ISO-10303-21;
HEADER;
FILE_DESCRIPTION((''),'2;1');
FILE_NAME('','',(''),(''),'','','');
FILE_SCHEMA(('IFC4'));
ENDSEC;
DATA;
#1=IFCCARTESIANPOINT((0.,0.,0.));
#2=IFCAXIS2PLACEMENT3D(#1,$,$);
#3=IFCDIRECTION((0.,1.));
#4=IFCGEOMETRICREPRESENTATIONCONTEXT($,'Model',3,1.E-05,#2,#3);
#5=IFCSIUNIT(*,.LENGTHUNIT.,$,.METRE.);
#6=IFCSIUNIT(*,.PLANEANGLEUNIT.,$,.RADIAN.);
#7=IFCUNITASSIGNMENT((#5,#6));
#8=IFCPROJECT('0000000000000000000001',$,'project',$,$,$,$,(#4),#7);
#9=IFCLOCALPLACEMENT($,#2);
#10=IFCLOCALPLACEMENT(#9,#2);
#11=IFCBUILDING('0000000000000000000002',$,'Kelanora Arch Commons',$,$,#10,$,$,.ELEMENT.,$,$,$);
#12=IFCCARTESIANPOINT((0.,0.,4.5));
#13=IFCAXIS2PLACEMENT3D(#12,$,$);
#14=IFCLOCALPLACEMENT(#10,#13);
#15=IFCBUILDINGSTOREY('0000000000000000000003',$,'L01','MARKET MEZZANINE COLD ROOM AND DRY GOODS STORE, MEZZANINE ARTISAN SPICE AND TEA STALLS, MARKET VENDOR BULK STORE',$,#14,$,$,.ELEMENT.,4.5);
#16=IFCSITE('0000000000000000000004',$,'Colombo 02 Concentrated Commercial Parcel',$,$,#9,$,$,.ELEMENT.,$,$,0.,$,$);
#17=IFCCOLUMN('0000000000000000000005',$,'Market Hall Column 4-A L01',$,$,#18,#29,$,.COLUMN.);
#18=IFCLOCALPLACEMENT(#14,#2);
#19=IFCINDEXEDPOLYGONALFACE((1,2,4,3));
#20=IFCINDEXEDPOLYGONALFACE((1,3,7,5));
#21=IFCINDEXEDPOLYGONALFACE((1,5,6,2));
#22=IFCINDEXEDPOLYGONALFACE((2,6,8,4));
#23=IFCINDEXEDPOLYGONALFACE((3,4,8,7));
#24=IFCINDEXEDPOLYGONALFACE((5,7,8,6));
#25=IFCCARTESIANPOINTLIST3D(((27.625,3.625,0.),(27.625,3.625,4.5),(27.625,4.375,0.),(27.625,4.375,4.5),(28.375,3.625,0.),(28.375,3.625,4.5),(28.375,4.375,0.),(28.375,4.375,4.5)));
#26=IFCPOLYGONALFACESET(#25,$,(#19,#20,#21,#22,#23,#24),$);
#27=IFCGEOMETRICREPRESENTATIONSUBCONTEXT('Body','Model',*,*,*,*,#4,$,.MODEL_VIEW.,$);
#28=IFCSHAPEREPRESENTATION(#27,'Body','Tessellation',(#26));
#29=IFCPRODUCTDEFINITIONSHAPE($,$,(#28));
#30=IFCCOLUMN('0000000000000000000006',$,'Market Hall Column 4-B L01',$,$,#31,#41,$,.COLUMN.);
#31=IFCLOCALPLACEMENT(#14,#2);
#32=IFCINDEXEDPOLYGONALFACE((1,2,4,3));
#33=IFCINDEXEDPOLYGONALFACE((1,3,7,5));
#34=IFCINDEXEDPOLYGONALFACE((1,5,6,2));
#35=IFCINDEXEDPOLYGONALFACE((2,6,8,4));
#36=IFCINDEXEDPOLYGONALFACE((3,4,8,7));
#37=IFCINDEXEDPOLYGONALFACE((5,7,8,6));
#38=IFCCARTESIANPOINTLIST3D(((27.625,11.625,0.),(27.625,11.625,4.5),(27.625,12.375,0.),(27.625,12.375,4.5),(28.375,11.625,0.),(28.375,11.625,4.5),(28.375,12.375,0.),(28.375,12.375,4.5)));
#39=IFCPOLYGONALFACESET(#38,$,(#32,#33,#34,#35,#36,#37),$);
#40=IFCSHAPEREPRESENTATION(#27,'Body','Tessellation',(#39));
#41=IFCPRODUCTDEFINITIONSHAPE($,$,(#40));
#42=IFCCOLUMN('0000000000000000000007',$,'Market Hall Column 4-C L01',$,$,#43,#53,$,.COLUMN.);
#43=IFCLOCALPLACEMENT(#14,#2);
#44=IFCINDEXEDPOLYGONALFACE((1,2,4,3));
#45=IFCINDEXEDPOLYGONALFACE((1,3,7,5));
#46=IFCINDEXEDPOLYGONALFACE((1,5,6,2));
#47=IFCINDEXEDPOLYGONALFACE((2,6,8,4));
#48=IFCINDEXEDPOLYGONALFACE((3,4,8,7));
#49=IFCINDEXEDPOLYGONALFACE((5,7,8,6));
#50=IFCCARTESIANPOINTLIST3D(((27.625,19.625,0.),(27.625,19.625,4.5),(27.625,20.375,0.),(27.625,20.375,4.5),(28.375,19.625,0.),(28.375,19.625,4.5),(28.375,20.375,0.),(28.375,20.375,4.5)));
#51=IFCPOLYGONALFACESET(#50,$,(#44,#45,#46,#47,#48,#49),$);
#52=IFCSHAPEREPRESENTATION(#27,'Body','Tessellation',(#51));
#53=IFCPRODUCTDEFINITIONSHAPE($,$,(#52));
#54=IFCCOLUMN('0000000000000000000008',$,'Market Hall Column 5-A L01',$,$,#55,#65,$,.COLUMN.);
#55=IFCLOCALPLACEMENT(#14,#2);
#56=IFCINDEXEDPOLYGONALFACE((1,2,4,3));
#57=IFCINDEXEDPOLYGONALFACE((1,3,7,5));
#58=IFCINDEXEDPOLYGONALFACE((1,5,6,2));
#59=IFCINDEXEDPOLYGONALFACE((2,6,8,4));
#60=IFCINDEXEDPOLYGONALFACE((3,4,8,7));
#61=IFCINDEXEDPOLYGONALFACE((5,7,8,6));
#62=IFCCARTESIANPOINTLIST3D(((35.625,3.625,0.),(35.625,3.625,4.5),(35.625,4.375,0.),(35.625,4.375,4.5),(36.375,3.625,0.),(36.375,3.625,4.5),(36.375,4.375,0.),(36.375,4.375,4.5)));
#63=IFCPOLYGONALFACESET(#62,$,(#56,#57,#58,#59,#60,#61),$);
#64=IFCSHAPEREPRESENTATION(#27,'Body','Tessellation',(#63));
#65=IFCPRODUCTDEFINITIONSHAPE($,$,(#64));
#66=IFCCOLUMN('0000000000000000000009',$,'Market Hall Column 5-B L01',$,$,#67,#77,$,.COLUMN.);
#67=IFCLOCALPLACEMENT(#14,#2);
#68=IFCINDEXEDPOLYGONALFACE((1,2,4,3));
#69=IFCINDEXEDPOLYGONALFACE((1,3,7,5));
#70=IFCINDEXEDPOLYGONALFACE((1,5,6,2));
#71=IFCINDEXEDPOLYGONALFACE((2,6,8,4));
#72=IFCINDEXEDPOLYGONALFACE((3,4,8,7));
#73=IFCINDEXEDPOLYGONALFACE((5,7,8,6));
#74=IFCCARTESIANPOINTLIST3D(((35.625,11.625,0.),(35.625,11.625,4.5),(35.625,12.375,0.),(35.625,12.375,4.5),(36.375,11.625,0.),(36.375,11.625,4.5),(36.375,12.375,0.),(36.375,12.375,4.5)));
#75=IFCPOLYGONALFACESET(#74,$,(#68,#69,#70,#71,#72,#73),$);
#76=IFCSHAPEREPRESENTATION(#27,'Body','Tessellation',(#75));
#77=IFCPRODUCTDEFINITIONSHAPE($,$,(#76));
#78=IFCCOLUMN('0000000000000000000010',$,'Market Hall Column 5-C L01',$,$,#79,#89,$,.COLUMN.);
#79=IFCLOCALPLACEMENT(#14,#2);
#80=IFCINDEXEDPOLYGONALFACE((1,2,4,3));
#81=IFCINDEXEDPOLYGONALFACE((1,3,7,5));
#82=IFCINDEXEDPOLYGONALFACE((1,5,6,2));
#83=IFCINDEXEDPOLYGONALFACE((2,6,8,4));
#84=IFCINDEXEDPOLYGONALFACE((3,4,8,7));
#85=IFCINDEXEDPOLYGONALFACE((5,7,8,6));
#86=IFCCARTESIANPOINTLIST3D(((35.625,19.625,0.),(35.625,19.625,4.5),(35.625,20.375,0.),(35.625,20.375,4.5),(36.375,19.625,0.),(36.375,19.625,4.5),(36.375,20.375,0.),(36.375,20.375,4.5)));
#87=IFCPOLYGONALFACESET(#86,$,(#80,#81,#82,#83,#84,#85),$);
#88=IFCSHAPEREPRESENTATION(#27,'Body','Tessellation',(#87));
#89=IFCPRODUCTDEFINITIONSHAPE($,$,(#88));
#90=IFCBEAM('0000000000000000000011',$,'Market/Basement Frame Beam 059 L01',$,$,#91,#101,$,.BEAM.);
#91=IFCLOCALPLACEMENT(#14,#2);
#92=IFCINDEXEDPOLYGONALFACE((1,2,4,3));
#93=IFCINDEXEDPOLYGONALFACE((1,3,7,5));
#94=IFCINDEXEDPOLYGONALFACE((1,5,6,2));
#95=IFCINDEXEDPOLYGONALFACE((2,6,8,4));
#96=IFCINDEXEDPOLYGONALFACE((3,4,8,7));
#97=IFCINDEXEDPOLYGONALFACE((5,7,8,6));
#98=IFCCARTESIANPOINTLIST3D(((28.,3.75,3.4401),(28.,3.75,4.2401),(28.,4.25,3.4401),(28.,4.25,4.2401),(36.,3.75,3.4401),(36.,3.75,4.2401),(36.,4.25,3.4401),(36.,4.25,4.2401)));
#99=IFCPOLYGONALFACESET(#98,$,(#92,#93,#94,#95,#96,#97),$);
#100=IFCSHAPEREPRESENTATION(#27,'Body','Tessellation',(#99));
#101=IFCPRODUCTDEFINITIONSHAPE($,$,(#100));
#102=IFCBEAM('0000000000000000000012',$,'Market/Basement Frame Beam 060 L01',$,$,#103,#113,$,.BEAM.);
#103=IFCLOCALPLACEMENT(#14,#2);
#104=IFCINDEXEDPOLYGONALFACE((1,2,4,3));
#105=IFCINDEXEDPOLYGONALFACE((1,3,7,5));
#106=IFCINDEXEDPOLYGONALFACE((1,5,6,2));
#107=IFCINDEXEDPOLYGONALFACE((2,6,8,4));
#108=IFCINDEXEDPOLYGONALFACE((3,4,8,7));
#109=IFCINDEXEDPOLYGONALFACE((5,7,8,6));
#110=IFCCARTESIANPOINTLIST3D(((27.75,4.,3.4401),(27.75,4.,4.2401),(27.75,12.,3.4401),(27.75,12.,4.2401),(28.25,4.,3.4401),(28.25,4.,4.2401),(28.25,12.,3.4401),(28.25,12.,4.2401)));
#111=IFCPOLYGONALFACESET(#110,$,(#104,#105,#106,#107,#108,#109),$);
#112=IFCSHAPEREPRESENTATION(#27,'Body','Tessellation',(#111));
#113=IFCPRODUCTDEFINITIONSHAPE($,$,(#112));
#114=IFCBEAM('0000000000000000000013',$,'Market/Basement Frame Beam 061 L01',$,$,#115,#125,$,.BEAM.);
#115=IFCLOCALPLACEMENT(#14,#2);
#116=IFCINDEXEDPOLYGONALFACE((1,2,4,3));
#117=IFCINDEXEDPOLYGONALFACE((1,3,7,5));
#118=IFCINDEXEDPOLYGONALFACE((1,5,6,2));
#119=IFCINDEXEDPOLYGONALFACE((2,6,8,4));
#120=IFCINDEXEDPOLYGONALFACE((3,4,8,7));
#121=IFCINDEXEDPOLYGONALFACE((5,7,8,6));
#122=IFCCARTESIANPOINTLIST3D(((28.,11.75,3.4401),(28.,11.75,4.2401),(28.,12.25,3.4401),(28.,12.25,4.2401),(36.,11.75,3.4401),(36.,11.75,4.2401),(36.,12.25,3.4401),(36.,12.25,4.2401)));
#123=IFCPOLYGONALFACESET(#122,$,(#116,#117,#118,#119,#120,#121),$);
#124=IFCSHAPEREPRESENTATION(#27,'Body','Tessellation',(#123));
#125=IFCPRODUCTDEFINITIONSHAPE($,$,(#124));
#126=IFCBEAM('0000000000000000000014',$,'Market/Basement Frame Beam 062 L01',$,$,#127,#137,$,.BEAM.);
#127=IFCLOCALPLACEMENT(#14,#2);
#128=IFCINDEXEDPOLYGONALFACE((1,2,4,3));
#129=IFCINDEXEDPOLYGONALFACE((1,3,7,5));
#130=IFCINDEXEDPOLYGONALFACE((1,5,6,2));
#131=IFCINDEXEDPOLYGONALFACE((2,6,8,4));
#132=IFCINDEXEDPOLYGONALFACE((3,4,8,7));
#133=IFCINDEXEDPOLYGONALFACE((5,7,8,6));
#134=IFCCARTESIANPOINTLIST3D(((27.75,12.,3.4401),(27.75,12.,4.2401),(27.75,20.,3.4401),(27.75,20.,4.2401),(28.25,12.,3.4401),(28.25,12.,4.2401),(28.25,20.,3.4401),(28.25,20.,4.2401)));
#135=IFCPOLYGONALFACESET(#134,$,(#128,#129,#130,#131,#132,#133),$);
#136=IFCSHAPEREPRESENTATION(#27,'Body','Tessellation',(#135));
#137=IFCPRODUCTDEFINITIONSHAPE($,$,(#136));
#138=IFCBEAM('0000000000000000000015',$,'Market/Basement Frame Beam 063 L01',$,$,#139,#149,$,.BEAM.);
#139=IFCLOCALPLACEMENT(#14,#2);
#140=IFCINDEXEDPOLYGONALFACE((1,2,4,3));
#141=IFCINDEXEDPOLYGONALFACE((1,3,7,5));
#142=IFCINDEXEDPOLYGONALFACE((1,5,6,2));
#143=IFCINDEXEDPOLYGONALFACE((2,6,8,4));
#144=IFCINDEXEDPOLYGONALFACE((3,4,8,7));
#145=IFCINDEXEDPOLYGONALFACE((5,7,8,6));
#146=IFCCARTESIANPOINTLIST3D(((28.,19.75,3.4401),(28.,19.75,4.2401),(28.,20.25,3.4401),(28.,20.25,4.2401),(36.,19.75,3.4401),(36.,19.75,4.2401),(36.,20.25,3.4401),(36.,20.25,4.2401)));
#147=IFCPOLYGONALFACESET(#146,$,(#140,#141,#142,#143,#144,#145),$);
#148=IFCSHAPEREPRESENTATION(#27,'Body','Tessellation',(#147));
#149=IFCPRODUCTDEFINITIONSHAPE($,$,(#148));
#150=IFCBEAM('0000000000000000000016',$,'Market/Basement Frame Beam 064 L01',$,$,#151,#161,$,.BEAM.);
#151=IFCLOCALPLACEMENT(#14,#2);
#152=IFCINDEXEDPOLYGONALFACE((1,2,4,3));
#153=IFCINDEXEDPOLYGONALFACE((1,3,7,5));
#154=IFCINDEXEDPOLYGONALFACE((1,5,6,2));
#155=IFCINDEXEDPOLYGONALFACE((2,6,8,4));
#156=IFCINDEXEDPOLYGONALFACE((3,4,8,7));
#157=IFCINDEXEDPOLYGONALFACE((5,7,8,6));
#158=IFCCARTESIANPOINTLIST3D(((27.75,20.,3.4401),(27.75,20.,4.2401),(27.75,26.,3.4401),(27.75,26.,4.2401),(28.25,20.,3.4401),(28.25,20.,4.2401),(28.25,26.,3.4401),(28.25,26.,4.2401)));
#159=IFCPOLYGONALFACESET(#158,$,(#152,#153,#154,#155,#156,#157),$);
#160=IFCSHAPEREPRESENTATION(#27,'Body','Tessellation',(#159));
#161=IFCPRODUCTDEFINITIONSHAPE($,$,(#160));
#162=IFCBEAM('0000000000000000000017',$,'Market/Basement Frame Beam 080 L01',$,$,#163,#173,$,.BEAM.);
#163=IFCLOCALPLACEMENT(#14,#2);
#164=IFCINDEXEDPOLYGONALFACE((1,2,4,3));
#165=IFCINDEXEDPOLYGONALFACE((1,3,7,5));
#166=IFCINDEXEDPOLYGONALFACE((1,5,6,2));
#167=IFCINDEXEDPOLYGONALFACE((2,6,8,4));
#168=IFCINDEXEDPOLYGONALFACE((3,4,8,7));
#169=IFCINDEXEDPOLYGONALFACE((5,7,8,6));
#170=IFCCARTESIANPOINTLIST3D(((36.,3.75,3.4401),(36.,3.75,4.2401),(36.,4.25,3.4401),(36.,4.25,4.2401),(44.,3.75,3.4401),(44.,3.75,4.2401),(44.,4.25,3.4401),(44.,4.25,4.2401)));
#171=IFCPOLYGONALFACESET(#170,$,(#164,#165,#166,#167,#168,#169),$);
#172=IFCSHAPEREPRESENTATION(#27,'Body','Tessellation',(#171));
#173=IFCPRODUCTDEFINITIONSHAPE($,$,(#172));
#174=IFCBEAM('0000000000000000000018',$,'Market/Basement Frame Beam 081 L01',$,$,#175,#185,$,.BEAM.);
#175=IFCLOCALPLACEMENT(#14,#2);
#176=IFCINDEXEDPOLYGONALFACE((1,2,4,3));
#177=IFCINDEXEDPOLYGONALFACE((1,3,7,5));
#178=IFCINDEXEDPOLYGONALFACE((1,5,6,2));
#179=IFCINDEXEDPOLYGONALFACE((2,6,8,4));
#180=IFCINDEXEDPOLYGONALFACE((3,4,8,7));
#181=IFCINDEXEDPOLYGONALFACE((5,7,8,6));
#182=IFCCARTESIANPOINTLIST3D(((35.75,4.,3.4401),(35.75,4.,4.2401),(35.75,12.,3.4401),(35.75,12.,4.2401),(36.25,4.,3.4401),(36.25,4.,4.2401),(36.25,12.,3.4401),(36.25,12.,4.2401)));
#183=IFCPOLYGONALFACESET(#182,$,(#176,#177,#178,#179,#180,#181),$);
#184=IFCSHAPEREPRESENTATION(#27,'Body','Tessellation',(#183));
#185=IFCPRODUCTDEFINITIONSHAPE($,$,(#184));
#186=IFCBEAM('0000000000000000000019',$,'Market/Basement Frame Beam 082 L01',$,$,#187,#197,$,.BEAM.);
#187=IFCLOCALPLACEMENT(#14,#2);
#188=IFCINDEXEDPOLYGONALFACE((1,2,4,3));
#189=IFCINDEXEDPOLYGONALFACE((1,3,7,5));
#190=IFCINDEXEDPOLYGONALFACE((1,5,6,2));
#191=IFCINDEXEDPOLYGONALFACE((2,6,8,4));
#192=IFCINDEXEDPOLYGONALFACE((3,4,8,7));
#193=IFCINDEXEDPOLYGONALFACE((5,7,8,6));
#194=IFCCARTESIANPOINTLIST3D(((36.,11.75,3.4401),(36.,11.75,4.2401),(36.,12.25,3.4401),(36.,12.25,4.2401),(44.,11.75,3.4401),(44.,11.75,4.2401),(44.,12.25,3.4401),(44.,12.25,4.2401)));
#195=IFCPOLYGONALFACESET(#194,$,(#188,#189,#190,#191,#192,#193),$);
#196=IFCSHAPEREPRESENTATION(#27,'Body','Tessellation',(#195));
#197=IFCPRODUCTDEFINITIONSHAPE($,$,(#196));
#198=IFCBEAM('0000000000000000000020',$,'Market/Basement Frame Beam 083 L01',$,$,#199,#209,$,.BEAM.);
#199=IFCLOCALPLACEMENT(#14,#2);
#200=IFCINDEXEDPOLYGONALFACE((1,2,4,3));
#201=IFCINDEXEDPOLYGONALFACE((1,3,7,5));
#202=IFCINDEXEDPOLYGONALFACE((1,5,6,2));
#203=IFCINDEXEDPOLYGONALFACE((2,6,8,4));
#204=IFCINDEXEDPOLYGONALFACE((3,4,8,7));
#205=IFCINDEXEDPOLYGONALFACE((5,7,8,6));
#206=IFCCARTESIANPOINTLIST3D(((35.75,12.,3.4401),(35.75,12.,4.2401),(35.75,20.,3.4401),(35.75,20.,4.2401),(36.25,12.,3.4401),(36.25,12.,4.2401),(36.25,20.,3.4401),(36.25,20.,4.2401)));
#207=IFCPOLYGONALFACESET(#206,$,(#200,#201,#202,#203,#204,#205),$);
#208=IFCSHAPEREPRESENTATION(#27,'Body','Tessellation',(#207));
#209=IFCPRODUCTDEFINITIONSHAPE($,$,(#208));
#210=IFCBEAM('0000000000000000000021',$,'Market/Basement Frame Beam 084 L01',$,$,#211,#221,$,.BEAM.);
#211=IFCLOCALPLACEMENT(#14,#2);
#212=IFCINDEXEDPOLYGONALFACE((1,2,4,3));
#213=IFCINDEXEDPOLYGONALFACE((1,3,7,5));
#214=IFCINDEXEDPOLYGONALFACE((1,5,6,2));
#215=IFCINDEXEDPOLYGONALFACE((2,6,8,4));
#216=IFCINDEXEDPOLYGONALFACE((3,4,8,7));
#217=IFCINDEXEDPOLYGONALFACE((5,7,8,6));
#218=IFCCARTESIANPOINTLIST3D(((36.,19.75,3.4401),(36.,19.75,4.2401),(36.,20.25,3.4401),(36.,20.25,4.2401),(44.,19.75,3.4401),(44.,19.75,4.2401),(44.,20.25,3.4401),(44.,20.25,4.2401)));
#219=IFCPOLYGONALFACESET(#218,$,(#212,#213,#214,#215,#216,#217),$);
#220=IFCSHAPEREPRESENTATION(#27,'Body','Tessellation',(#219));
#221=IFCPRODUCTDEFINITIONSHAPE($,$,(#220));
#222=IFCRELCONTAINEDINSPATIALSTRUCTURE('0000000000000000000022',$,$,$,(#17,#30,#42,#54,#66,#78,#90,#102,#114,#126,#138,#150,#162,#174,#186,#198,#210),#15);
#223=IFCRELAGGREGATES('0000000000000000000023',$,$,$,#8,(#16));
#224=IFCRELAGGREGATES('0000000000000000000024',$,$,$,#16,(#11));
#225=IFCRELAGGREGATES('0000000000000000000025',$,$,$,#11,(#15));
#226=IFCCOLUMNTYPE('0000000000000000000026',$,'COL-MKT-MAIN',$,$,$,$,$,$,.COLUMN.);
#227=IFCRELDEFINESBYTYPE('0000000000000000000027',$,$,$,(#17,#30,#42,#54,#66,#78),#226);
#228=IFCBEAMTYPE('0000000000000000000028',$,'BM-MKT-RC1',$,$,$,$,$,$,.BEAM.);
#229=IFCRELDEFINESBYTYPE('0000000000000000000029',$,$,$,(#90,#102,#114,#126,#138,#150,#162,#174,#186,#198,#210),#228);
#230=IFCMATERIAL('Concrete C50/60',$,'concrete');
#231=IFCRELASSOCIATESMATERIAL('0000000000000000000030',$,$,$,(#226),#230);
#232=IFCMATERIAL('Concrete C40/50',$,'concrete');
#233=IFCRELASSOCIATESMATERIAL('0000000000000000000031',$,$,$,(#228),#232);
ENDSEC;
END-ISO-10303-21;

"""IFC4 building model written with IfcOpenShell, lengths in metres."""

from ifc_helpers import new_model, si_unit, direction, frame, origin, origin_2d, place, context, subcontext, project, spatial, rectangle, extrude, material, material_profile, profile_set, type_object, element, save


model = new_model("IFC4")

# Units and contexts
model_context = context("Model", 3, precision=1e-05, world=origin(), true_north=direction((0.0, 1.0)))
body_context = subcontext(model_context, "Body", "Model", "MODEL_VIEW")
ifc_project = project(units=[si_unit("LENGTHUNIT", "METRE"), si_unit("PLANEANGLEUNIT", "RADIAN")], contexts=[model_context])

# Site, building, storey
site_placement = place(None, origin())
site = spatial("IfcSite", under=ifc_project, at=site_placement, Name="Colombo 02 Concentrated Commercial Parcel", CompositionType="ELEMENT", RefElevation=0.0)
building_placement = place(site_placement, origin())
building = spatial("IfcBuilding", under=site, at=building_placement, Name="Kelanora Arch Commons", CompositionType="ELEMENT")
storey_placement = place(building_placement, frame((0.0, 0.0, 4.5)))
storey = spatial("IfcBuildingStorey", under=building, at=storey_placement, Name="L01", Description="MARKET MEZZANINE COLD ROOM AND DRY GOODS STORE, MEZZANINE ARTISAN SPICE AND TEA STALLS, MARKET VENDOR BULK STORE", CompositionType="ELEMENT", Elevation=4.5)

# Columns
ifc_material_1 = material(Name="Concrete C50/60", Category="concrete")
ifc_material_profile_1 = material_profile(ifc_material_1, rectangle(XDim=0.75, YDim=0.75, at=origin_2d()), Name="RC750x750")
ifc_profile_set_1 = profile_set([ifc_material_profile_1], Name="Concrete C50/60")
column_type = type_object("IfcColumnType", Name="COL-MKT-MAIN", PredefinedType="COLUMN", material=ifc_profile_set_1)
for number, where, z_axis, x_axis, name in (
    (1, (28.0, 4.0, 0.0), (0.0, 0.0, 1.0), (1.0, 0.0, 0.0), "Market Hall Column 4-A L01"),
    (2, (28.0, 12.0, 0.0), (0.0, 0.0, 1.0), (1.0, 0.0, 0.0), "Market Hall Column 4-B L01"),
    (3, (28.0, 20.0, 0.0), (0.0, 0.0, 1.0), (1.0, 0.0, 0.0), "Market Hall Column 4-C L01"),
    (4, (36.0, 4.0, 0.0), (0.0, 0.0, 1.0), (1.0, 0.0, 0.0), "Market Hall Column 5-A L01"),
    (5, (36.0, 12.0, 0.0), (0.0, 0.0, 1.0), (1.0, 0.0, 0.0), "Market Hall Column 5-B L01"),
    (6, (36.0, 20.0, 0.0), (0.0, 0.0, 1.0), (1.0, 0.0, 0.0), "Market Hall Column 5-C L01"),
):
    element("IfcColumn", number, at=place(storey_placement, frame(where, z_axis=z_axis, x_axis=x_axis)), inside=storey, type_object=column_type, Name=name, PredefinedType="COLUMN", context=body_context, shape_type="SweptSolid", body=[
        extrude(rectangle(XDim=0.75, YDim=0.75, at=origin_2d()), origin(), (0.0, 0.0, 1.0), 4.5),
    ])

# Beams
ifc_material_2 = material(Name="Concrete C40/50", Category="concrete")
ifc_material_profile_2 = material_profile(ifc_material_2, rectangle(XDim=0.5, YDim=0.8, at=origin_2d()), Name="RCB500x800")
ifc_profile_set_2 = profile_set([ifc_material_profile_2], Name="Concrete C40/50")
beam_type = type_object("IfcBeamType", Name="BM-MKT-RC1", PredefinedType="BEAM", material=ifc_profile_set_2)
for number, where, z_axis, x_axis, name in (
    (7, (28.0, 4.0, 3.8401), (1.0, 0.0, 0.0), (0.0, 1.0, 0.0), "Market/Basement Frame Beam 059 L01"),
    (8, (28.0, 4.0, 3.8401), (0.0, 1.0, 0.0), (-1.0, 0.0, 0.0), "Market/Basement Frame Beam 060 L01"),
    (9, (28.0, 12.0, 3.8401), (1.0, 0.0, 0.0), (0.0, 1.0, 0.0), "Market/Basement Frame Beam 061 L01"),
    (10, (28.0, 12.0, 3.8401), (0.0, 1.0, 0.0), (-1.0, 0.0, 0.0), "Market/Basement Frame Beam 062 L01"),
    (11, (28.0, 20.0, 3.8401), (1.0, 0.0, 0.0), (0.0, 1.0, 0.0), "Market/Basement Frame Beam 063 L01"),
):
    element("IfcBeam", number, at=place(storey_placement, frame(where, z_axis=z_axis, x_axis=x_axis)), inside=storey, type_object=beam_type, Name=name, PredefinedType="BEAM", context=body_context, shape_type="SweptSolid", body=[
        extrude(rectangle(XDim=0.5, YDim=0.8, at=origin_2d()), origin(), (0.0, 0.0, 1.0), 8.0),
    ])
beam_placement = place(storey_placement, frame((28.0, 20.0, 3.8401), z_axis=(0.0, 1.0, 0.0), x_axis=(-1.0, 0.0, 0.0)))
element("IfcBeam", 12, at=beam_placement, inside=storey, type_object=beam_type, Name="Market/Basement Frame Beam 064 L01", PredefinedType="BEAM", context=body_context, shape_type="SweptSolid", body=[
    extrude(rectangle(XDim=0.5, YDim=0.8, at=origin_2d()), origin(), (0.0, 0.0, 1.0), 6.0),
])
for number, where, z_axis, x_axis, name in (
    (13, (36.0, 4.0, 3.8401), (1.0, 0.0, 0.0), (0.0, 1.0, 0.0), "Market/Basement Frame Beam 080 L01"),
    (14, (36.0, 4.0, 3.8401), (0.0, 1.0, 0.0), (-1.0, 0.0, 0.0), "Market/Basement Frame Beam 081 L01"),
    (15, (36.0, 12.0, 3.8401), (1.0, 0.0, 0.0), (0.0, 1.0, 0.0), "Market/Basement Frame Beam 082 L01"),
    (16, (36.0, 12.0, 3.8401), (0.0, 1.0, 0.0), (-1.0, 0.0, 0.0), "Market/Basement Frame Beam 083 L01"),
    (17, (36.0, 20.0, 3.8401), (1.0, 0.0, 0.0), (0.0, 1.0, 0.0), "Market/Basement Frame Beam 084 L01"),
):
    element("IfcBeam", number, at=place(storey_placement, frame(where, z_axis=z_axis, x_axis=x_axis)), inside=storey, type_object=beam_type, Name=name, PredefinedType="BEAM", context=body_context, shape_type="SweptSolid", body=[
        extrude(rectangle(XDim=0.5, YDim=0.8, at=origin_2d()), origin(), (0.0, 0.0, 1.0), 8.0),
    ])

save(model, "model.ifc")
